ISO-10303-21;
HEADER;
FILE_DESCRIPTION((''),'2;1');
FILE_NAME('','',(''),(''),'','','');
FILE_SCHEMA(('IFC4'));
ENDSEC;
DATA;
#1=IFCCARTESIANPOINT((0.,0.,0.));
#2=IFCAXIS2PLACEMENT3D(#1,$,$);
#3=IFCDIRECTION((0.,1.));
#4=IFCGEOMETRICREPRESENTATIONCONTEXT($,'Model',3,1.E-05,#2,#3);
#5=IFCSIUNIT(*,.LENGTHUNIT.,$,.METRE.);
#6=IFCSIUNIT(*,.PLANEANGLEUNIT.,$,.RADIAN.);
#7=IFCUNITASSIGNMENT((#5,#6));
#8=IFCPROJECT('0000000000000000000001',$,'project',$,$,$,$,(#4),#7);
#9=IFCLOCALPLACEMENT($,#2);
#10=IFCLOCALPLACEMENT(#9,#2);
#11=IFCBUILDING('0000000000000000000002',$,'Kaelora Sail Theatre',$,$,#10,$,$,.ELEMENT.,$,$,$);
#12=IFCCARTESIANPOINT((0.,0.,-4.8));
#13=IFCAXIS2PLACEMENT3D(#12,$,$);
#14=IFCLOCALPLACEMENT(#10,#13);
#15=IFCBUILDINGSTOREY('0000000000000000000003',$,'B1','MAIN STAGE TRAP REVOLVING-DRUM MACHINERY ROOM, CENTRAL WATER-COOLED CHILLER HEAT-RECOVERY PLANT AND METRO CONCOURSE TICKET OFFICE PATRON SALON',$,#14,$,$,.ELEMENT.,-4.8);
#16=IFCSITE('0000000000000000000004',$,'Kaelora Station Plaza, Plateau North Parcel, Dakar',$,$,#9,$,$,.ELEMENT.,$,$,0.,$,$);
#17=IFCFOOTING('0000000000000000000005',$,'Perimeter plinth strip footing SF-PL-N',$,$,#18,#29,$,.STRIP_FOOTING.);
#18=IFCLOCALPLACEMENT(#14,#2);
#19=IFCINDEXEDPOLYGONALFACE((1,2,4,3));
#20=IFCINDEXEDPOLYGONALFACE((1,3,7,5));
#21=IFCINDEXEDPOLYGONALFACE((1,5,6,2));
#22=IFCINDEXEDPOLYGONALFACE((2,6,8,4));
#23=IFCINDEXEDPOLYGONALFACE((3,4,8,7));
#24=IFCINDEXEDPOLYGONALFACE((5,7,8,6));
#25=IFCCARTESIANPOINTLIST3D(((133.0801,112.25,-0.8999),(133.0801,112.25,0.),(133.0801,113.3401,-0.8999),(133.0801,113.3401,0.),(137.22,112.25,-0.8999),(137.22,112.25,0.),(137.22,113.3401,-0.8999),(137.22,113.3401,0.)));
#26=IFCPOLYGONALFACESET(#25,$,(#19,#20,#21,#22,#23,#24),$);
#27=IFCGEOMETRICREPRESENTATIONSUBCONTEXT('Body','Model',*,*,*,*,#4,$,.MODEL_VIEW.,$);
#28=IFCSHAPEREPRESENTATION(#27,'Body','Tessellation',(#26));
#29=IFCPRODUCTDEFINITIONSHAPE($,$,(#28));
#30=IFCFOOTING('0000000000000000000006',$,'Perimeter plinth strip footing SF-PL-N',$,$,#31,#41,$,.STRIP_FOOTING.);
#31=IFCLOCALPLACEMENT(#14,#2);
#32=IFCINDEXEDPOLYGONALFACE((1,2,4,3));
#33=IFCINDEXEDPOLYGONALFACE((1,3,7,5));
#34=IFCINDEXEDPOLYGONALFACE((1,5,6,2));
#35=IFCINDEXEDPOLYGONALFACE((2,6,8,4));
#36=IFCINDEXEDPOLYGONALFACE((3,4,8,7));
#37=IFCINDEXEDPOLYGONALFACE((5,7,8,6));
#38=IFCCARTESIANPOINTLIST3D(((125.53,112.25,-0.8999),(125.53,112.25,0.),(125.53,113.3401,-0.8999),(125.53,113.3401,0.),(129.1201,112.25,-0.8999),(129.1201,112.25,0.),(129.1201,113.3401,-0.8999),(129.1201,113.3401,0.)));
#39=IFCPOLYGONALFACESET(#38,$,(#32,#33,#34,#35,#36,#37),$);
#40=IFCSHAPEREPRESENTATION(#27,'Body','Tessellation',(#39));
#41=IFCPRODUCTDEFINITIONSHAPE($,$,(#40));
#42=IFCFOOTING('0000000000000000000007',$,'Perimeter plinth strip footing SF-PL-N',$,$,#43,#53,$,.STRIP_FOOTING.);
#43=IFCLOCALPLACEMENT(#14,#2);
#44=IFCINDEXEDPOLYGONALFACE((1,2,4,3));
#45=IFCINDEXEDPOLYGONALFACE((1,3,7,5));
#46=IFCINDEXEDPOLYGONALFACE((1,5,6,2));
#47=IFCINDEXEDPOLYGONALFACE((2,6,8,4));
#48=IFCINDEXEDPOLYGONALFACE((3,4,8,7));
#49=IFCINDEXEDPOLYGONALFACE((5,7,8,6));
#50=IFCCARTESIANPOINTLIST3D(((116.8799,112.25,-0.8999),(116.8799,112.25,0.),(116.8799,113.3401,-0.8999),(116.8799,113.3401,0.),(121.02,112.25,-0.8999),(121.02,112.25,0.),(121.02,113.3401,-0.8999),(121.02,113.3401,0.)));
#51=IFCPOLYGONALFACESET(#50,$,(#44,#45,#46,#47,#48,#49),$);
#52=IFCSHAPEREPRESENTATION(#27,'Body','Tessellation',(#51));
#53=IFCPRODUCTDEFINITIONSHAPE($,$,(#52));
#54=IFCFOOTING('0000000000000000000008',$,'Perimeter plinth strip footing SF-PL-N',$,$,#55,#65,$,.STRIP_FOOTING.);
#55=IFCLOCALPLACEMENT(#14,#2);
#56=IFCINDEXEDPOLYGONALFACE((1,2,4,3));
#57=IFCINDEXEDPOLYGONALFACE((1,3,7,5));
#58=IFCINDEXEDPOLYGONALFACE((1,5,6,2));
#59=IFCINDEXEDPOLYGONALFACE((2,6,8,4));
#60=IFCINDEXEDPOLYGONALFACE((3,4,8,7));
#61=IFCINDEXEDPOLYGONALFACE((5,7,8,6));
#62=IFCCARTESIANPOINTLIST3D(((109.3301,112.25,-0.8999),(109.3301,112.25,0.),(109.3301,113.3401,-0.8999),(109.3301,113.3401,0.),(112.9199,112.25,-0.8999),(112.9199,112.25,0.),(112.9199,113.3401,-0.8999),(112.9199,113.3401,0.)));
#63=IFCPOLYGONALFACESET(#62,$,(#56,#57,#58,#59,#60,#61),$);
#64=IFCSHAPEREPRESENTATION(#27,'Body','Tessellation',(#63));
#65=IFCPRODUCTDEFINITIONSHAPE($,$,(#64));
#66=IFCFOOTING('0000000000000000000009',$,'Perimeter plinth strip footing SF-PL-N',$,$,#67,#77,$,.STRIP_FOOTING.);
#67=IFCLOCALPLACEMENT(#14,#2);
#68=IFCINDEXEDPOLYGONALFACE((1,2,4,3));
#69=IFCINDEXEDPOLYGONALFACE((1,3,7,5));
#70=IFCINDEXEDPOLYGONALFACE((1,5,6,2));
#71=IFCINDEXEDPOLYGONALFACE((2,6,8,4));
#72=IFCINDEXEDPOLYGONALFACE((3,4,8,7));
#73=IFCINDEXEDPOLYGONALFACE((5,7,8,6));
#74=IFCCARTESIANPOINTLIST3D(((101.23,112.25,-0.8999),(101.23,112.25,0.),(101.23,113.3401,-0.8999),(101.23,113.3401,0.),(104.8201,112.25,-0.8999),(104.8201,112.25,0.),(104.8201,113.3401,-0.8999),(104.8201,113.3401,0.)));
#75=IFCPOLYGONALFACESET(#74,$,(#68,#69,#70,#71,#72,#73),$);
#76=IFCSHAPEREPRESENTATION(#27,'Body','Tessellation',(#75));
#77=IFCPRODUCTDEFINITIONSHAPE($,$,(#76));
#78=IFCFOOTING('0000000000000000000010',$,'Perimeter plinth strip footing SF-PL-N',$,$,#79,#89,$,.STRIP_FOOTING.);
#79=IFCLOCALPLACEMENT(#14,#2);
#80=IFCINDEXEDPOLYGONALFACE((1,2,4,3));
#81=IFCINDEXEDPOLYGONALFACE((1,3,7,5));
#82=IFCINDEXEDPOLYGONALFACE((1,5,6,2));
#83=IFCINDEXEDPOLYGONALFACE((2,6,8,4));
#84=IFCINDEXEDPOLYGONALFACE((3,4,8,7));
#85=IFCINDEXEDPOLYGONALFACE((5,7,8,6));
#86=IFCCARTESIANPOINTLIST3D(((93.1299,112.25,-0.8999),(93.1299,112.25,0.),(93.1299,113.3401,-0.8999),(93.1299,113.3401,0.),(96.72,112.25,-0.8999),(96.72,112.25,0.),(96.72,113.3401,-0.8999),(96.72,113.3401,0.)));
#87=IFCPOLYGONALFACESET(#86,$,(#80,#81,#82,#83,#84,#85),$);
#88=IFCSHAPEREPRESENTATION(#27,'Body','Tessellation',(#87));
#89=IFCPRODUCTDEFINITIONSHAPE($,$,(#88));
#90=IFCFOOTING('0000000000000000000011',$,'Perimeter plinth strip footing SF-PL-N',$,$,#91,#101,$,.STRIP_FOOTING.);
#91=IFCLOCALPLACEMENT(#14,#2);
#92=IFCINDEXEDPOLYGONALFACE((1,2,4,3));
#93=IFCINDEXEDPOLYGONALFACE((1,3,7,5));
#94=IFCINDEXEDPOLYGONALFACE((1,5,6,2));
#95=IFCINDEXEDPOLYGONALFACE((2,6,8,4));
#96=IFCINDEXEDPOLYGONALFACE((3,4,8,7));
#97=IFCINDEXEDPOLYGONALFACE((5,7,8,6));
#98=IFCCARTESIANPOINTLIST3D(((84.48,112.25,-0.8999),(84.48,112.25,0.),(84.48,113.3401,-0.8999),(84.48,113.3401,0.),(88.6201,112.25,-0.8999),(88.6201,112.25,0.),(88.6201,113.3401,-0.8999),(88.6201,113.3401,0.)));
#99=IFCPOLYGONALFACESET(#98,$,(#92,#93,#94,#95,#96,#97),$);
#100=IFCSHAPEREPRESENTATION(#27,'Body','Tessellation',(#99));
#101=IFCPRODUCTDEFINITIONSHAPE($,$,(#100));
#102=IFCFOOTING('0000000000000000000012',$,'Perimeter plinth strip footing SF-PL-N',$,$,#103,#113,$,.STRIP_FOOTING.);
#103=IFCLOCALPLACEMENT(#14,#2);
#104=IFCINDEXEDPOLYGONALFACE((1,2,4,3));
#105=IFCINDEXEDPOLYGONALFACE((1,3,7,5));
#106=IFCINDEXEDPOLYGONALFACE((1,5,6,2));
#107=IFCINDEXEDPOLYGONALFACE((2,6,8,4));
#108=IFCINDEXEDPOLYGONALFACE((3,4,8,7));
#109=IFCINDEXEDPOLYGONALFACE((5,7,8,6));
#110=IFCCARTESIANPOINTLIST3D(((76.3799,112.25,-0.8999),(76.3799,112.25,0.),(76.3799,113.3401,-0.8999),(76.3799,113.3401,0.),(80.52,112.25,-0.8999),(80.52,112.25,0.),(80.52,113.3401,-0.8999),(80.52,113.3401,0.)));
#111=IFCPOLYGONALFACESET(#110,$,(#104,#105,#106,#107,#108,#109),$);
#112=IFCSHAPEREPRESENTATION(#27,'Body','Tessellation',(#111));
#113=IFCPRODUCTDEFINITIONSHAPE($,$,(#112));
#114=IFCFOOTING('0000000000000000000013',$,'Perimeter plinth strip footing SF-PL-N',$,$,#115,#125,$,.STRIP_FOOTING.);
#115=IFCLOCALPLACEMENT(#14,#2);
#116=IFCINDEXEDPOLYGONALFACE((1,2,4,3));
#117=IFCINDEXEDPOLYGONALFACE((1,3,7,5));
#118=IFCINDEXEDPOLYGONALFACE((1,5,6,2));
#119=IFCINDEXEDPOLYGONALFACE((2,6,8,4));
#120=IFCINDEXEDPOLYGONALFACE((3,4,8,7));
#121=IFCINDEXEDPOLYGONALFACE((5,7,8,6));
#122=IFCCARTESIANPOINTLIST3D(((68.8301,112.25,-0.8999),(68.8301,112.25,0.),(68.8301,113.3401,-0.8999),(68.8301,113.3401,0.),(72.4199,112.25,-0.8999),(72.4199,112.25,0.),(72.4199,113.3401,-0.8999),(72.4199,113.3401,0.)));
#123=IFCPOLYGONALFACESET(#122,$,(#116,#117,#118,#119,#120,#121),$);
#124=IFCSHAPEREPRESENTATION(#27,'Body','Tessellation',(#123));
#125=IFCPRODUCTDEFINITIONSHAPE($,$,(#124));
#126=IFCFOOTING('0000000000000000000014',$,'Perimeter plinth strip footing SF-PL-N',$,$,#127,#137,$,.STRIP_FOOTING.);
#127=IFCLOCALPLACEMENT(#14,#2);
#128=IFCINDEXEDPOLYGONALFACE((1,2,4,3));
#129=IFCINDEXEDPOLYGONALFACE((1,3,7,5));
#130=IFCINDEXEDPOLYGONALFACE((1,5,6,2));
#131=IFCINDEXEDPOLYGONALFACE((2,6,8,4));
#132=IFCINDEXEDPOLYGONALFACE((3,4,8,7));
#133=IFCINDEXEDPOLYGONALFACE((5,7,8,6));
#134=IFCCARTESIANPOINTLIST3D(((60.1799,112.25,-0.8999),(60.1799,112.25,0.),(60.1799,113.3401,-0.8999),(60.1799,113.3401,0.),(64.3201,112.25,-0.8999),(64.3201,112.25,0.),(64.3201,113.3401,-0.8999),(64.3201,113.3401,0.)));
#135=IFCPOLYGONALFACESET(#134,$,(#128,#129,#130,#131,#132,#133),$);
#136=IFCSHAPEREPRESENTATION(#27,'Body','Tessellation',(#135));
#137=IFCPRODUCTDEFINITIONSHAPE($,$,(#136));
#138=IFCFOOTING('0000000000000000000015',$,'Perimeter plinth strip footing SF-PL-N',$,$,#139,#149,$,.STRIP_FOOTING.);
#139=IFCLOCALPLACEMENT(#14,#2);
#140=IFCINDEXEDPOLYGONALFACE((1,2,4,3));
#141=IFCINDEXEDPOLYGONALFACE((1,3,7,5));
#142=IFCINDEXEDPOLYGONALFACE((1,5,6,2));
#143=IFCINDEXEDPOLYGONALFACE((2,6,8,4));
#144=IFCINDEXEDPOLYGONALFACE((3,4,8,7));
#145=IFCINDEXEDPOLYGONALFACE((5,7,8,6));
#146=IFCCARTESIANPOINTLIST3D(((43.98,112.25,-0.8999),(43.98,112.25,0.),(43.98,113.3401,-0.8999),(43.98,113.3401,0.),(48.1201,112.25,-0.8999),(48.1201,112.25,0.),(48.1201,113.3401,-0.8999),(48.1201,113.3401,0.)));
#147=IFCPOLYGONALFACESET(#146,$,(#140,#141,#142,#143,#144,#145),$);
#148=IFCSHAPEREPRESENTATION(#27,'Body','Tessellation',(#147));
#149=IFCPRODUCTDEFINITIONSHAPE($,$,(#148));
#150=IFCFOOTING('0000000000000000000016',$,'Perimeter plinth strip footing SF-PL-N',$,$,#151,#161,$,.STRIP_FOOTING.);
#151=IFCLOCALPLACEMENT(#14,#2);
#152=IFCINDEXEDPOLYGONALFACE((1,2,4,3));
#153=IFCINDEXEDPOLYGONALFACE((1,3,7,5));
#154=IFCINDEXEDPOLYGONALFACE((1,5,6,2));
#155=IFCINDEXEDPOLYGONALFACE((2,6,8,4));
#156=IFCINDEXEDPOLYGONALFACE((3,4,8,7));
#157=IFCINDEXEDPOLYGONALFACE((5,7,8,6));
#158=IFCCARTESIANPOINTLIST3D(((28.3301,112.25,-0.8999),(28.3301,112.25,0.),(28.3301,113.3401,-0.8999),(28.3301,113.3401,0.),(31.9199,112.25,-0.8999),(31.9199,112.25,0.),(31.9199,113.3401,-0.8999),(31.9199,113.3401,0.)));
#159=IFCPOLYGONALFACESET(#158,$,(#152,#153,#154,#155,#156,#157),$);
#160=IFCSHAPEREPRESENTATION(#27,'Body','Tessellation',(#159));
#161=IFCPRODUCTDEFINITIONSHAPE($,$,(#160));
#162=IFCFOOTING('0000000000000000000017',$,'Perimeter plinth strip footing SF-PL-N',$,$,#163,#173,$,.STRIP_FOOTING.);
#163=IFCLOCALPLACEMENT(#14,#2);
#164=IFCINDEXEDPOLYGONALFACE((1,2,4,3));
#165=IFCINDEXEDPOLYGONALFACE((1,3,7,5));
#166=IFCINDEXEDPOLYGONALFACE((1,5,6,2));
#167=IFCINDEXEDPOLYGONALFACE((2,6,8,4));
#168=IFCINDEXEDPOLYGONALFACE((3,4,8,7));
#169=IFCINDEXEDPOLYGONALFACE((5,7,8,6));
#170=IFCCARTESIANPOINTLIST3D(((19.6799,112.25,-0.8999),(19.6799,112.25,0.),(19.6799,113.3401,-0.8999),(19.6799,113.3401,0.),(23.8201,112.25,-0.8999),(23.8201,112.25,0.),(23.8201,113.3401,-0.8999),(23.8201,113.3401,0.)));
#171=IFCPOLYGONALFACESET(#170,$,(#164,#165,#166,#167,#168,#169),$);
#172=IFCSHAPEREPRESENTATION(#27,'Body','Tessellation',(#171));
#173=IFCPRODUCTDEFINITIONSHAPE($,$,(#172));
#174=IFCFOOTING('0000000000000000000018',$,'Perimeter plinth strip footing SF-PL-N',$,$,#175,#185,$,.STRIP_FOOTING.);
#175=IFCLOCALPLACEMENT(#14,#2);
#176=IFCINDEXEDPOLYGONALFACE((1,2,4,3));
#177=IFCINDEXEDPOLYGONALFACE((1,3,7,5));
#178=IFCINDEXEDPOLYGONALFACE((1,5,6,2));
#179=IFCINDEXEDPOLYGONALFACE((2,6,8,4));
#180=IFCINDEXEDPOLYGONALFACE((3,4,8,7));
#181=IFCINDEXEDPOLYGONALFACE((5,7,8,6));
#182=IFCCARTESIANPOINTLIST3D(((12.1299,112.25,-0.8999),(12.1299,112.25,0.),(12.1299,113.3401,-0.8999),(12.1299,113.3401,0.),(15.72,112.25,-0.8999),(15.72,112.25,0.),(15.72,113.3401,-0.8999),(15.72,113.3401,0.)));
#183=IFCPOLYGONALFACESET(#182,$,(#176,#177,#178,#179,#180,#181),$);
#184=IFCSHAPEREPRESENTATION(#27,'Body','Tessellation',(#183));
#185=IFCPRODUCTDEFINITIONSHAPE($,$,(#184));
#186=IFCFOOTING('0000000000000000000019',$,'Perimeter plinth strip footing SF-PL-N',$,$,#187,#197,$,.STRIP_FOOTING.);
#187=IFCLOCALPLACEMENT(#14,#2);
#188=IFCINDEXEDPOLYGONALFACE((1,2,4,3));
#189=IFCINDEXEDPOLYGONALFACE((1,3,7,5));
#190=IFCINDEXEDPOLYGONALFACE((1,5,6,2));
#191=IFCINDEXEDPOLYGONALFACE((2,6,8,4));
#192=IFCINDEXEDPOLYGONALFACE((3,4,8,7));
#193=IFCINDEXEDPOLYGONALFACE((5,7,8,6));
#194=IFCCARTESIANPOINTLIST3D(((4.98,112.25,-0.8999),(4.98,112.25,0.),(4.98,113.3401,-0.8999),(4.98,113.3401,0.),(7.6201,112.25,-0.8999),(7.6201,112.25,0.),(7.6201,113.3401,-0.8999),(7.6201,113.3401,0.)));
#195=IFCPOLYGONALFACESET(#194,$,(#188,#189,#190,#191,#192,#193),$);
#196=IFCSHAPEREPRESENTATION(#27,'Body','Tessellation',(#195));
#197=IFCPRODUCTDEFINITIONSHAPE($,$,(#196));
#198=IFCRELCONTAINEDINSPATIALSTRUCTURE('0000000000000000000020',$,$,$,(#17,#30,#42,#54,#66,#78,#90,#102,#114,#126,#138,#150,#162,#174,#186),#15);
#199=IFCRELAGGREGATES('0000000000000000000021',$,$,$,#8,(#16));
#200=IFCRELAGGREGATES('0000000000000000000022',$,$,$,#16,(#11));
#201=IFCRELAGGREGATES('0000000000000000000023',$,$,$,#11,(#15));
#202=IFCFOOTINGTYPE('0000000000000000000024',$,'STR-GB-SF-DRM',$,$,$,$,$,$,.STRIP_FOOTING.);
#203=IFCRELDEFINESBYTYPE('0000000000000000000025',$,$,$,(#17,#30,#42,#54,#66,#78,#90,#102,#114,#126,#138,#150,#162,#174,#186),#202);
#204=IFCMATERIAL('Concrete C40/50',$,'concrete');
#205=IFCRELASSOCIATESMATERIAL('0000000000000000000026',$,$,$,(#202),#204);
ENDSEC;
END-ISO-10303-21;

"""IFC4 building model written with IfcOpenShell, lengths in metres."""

from ifc_helpers import new_model, si_unit, direction, frame, origin, place, context, subcontext, project, spatial, polyline, outline, extrude, material, type_object, element, save


model = new_model("IFC4")

# Units and contexts
model_context = context("Model", 3, precision=1e-05, world=origin(), true_north=direction((0.0, 1.0)))
body_context = subcontext(model_context, "Body", "Model", "MODEL_VIEW")
ifc_project = project(units=[si_unit("LENGTHUNIT", "METRE"), si_unit("PLANEANGLEUNIT", "RADIAN")], contexts=[model_context])

# Site, building, storey
site_placement = place(None, origin())
site = spatial("IfcSite", under=ifc_project, at=site_placement, Name="Kaelora Station Plaza, Plateau North Parcel, Dakar", CompositionType="ELEMENT", RefElevation=0.0)
building_placement = place(site_placement, origin())
building = spatial("IfcBuilding", under=site, at=building_placement, Name="Kaelora Sail Theatre", CompositionType="ELEMENT")
storey_placement = place(building_placement, frame((0.0, 0.0, -4.8)))
storey = spatial("IfcBuildingStorey", under=building, at=storey_placement, Name="B1", Description="MAIN STAGE TRAP REVOLVING-DRUM MACHINERY ROOM, CENTRAL WATER-COOLED CHILLER HEAT-RECOVERY PLANT AND METRO CONCOURSE TICKET OFFICE PATRON SALON", CompositionType="ELEMENT", Elevation=-4.8)

# Footings
ifc_material = material(Name="Concrete C40/50", Category="concrete")
footing_type = type_object("IfcFootingType", Name="STR-GB-SF-DRM", PredefinedType="STRIP_FOOTING", material=ifc_material)
footing_1_placement = place(storey_placement, frame((0.0, 0.0, -0.8999)))
element("IfcFooting", 1, at=footing_1_placement, inside=storey, type_object=footing_type, Name="Perimeter plinth strip footing SF-PL-N", PredefinedType="STRIP_FOOTING", context=body_context, shape_type="SweptSolid", body=[
    extrude(outline(polyline([(133.0801, 113.3401), (137.22, 113.3401), (137.22, 112.25), (133.0801, 112.25), (133.0801, 113.3401)])), origin(), (0.0, 0.0, 1.0), 0.8999),
])
footing_2_placement = place(storey_placement, frame((0.0, 0.0, -0.8999)))
element("IfcFooting", 2, at=footing_2_placement, inside=storey, type_object=footing_type, Name="Perimeter plinth strip footing SF-PL-N", PredefinedType="STRIP_FOOTING", context=body_context, shape_type="SweptSolid", body=[
    extrude(outline(polyline([(125.53, 113.3401), (129.1201, 113.3401), (129.1201, 112.25), (125.53, 112.25), (125.53, 113.3401)])), origin(), (0.0, 0.0, 1.0), 0.8999),
])
footing_3_placement = place(storey_placement, frame((0.0, 0.0, -0.8999)))
element("IfcFooting", 3, at=footing_3_placement, inside=storey, type_object=footing_type, Name="Perimeter plinth strip footing SF-PL-N", PredefinedType="STRIP_FOOTING", context=body_context, shape_type="SweptSolid", body=[
    extrude(outline(polyline([(116.8799, 113.3401), (121.02, 113.3401), (121.02, 112.25), (116.8799, 112.25), (116.8799, 113.3401)])), origin(), (0.0, 0.0, 1.0), 0.8999),
])
footing_4_placement = place(storey_placement, frame((0.0, 0.0, -0.8999)))
element("IfcFooting", 4, at=footing_4_placement, inside=storey, type_object=footing_type, Name="Perimeter plinth strip footing SF-PL-N", PredefinedType="STRIP_FOOTING", context=body_context, shape_type="SweptSolid", body=[
    extrude(outline(polyline([(109.3301, 113.3401), (112.9199, 113.3401), (112.9199, 112.25), (109.3301, 112.25), (109.3301, 113.3401)])), origin(), (0.0, 0.0, 1.0), 0.8999),
])
footing_5_placement = place(storey_placement, frame((0.0, 0.0, -0.8999)))
element("IfcFooting", 5, at=footing_5_placement, inside=storey, type_object=footing_type, Name="Perimeter plinth strip footing SF-PL-N", PredefinedType="STRIP_FOOTING", context=body_context, shape_type="SweptSolid", body=[
    extrude(outline(polyline([(101.23, 112.25), (101.23, 113.3401), (104.8201, 113.3401), (104.8201, 112.25), (101.23, 112.25)])), origin(), (0.0, 0.0, 1.0), 0.8999),
])
footing_6_placement = place(storey_placement, frame((0.0, 0.0, -0.8999)))
element("IfcFooting", 6, at=footing_6_placement, inside=storey, type_object=footing_type, Name="Perimeter plinth strip footing SF-PL-N", PredefinedType="STRIP_FOOTING", context=body_context, shape_type="SweptSolid", body=[
    extrude(outline(polyline([(93.1299, 112.25), (93.1299, 113.3401), (96.72, 113.3401), (96.72, 112.25), (93.1299, 112.25)])), origin(), (0.0, 0.0, 1.0), 0.8999),
])
footing_7_placement = place(storey_placement, frame((0.0, 0.0, -0.8999)))
element("IfcFooting", 7, at=footing_7_placement, inside=storey, type_object=footing_type, Name="Perimeter plinth strip footing SF-PL-N", PredefinedType="STRIP_FOOTING", context=body_context, shape_type="SweptSolid", body=[
    extrude(outline(polyline([(84.48, 112.25), (84.48, 113.3401), (88.6201, 113.3401), (88.6201, 112.25), (84.48, 112.25)])), origin(), (0.0, 0.0, 1.0), 0.8999),
])
footing_8_placement = place(storey_placement, frame((0.0, 0.0, -0.8999)))
element("IfcFooting", 8, at=footing_8_placement, inside=storey, type_object=footing_type, Name="Perimeter plinth strip footing SF-PL-N", PredefinedType="STRIP_FOOTING", context=body_context, shape_type="SweptSolid", body=[
    extrude(outline(polyline([(76.3799, 112.25), (76.3799, 113.3401), (80.52, 113.3401), (80.52, 112.25), (76.3799, 112.25)])), origin(), (0.0, 0.0, 1.0), 0.8999),
])
footing_9_placement = place(storey_placement, frame((0.0, 0.0, -0.8999)))
element("IfcFooting", 9, at=footing_9_placement, inside=storey, type_object=footing_type, Name="Perimeter plinth strip footing SF-PL-N", PredefinedType="STRIP_FOOTING", context=body_context, shape_type="SweptSolid", body=[
    extrude(outline(polyline([(68.8301, 112.25), (68.8301, 113.3401), (72.4199, 113.3401), (72.4199, 112.25), (68.8301, 112.25)])), origin(), (0.0, 0.0, 1.0), 0.8999),
])
footing_10_placement = place(storey_placement, frame((0.0, 0.0, -0.8999)))
element("IfcFooting", 10, at=footing_10_placement, inside=storey, type_object=footing_type, Name="Perimeter plinth strip footing SF-PL-N", PredefinedType="STRIP_FOOTING", context=body_context, shape_type="SweptSolid", body=[
    extrude(outline(polyline([(60.1799, 113.3401), (64.3201, 113.3401), (64.3201, 112.25), (60.1799, 112.25), (60.1799, 113.3401)])), origin(), (0.0, 0.0, 1.0), 0.8999),
])
footing_11_placement = place(storey_placement, frame((0.0, 0.0, -0.8999)))
element("IfcFooting", 11, at=footing_11_placement, inside=storey, type_object=footing_type, Name="Perimeter plinth strip footing SF-PL-N", PredefinedType="STRIP_FOOTING", context=body_context, shape_type="SweptSolid", body=[
    extrude(outline(polyline([(43.98, 113.3401), (48.1201, 113.3401), (48.1201, 112.25), (43.98, 112.25), (43.98, 113.3401)])), origin(), (0.0, 0.0, 1.0), 0.8999),
])
footing_12_placement = place(storey_placement, frame((0.0, 0.0, -0.8999)))
element("IfcFooting", 12, at=footing_12_placement, inside=storey, type_object=footing_type, Name="Perimeter plinth strip footing SF-PL-N", PredefinedType="STRIP_FOOTING", context=body_context, shape_type="SweptSolid", body=[
    extrude(outline(polyline([(31.9199, 112.25), (28.3301, 112.25), (28.3301, 113.3401), (31.9199, 113.3401), (31.9199, 112.25)])), origin(), (0.0, 0.0, 1.0), 0.8999),
])
footing_13_placement = place(storey_placement, frame((0.0, 0.0, -0.8999)))
element("IfcFooting", 13, at=footing_13_placement, inside=storey, type_object=footing_type, Name="Perimeter plinth strip footing SF-PL-N", PredefinedType="STRIP_FOOTING", context=body_context, shape_type="SweptSolid", body=[
    extrude(outline(polyline([(19.6799, 112.25), (19.6799, 113.3401), (23.8201, 113.3401), (23.8201, 112.25), (19.6799, 112.25)])), origin(), (0.0, 0.0, 1.0), 0.8999),
])
footing_14_placement = place(storey_placement, frame((0.0, 0.0, -0.8999)))
element("IfcFooting", 14, at=footing_14_placement, inside=storey, type_object=footing_type, Name="Perimeter plinth strip footing SF-PL-N", PredefinedType="STRIP_FOOTING", context=body_context, shape_type="SweptSolid", body=[
    extrude(outline(polyline([(12.1299, 112.25), (12.1299, 113.3401), (15.72, 113.3401), (15.72, 112.25), (12.1299, 112.25)])), origin(), (0.0, 0.0, 1.0), 0.8999),
])
footing_15_placement = place(storey_placement, frame((0.0, 0.0, -0.8999)))
element("IfcFooting", 15, at=footing_15_placement, inside=storey, type_object=footing_type, Name="Perimeter plinth strip footing SF-PL-N", PredefinedType="STRIP_FOOTING", context=body_context, shape_type="SweptSolid", body=[
    extrude(outline(polyline([(4.98, 112.25), (4.98, 113.3401), (7.6201, 113.3401), (7.6201, 112.25), (4.98, 112.25)])), origin(), (0.0, 0.0, 1.0), 0.8999),
])

save(model, "model.ifc")
